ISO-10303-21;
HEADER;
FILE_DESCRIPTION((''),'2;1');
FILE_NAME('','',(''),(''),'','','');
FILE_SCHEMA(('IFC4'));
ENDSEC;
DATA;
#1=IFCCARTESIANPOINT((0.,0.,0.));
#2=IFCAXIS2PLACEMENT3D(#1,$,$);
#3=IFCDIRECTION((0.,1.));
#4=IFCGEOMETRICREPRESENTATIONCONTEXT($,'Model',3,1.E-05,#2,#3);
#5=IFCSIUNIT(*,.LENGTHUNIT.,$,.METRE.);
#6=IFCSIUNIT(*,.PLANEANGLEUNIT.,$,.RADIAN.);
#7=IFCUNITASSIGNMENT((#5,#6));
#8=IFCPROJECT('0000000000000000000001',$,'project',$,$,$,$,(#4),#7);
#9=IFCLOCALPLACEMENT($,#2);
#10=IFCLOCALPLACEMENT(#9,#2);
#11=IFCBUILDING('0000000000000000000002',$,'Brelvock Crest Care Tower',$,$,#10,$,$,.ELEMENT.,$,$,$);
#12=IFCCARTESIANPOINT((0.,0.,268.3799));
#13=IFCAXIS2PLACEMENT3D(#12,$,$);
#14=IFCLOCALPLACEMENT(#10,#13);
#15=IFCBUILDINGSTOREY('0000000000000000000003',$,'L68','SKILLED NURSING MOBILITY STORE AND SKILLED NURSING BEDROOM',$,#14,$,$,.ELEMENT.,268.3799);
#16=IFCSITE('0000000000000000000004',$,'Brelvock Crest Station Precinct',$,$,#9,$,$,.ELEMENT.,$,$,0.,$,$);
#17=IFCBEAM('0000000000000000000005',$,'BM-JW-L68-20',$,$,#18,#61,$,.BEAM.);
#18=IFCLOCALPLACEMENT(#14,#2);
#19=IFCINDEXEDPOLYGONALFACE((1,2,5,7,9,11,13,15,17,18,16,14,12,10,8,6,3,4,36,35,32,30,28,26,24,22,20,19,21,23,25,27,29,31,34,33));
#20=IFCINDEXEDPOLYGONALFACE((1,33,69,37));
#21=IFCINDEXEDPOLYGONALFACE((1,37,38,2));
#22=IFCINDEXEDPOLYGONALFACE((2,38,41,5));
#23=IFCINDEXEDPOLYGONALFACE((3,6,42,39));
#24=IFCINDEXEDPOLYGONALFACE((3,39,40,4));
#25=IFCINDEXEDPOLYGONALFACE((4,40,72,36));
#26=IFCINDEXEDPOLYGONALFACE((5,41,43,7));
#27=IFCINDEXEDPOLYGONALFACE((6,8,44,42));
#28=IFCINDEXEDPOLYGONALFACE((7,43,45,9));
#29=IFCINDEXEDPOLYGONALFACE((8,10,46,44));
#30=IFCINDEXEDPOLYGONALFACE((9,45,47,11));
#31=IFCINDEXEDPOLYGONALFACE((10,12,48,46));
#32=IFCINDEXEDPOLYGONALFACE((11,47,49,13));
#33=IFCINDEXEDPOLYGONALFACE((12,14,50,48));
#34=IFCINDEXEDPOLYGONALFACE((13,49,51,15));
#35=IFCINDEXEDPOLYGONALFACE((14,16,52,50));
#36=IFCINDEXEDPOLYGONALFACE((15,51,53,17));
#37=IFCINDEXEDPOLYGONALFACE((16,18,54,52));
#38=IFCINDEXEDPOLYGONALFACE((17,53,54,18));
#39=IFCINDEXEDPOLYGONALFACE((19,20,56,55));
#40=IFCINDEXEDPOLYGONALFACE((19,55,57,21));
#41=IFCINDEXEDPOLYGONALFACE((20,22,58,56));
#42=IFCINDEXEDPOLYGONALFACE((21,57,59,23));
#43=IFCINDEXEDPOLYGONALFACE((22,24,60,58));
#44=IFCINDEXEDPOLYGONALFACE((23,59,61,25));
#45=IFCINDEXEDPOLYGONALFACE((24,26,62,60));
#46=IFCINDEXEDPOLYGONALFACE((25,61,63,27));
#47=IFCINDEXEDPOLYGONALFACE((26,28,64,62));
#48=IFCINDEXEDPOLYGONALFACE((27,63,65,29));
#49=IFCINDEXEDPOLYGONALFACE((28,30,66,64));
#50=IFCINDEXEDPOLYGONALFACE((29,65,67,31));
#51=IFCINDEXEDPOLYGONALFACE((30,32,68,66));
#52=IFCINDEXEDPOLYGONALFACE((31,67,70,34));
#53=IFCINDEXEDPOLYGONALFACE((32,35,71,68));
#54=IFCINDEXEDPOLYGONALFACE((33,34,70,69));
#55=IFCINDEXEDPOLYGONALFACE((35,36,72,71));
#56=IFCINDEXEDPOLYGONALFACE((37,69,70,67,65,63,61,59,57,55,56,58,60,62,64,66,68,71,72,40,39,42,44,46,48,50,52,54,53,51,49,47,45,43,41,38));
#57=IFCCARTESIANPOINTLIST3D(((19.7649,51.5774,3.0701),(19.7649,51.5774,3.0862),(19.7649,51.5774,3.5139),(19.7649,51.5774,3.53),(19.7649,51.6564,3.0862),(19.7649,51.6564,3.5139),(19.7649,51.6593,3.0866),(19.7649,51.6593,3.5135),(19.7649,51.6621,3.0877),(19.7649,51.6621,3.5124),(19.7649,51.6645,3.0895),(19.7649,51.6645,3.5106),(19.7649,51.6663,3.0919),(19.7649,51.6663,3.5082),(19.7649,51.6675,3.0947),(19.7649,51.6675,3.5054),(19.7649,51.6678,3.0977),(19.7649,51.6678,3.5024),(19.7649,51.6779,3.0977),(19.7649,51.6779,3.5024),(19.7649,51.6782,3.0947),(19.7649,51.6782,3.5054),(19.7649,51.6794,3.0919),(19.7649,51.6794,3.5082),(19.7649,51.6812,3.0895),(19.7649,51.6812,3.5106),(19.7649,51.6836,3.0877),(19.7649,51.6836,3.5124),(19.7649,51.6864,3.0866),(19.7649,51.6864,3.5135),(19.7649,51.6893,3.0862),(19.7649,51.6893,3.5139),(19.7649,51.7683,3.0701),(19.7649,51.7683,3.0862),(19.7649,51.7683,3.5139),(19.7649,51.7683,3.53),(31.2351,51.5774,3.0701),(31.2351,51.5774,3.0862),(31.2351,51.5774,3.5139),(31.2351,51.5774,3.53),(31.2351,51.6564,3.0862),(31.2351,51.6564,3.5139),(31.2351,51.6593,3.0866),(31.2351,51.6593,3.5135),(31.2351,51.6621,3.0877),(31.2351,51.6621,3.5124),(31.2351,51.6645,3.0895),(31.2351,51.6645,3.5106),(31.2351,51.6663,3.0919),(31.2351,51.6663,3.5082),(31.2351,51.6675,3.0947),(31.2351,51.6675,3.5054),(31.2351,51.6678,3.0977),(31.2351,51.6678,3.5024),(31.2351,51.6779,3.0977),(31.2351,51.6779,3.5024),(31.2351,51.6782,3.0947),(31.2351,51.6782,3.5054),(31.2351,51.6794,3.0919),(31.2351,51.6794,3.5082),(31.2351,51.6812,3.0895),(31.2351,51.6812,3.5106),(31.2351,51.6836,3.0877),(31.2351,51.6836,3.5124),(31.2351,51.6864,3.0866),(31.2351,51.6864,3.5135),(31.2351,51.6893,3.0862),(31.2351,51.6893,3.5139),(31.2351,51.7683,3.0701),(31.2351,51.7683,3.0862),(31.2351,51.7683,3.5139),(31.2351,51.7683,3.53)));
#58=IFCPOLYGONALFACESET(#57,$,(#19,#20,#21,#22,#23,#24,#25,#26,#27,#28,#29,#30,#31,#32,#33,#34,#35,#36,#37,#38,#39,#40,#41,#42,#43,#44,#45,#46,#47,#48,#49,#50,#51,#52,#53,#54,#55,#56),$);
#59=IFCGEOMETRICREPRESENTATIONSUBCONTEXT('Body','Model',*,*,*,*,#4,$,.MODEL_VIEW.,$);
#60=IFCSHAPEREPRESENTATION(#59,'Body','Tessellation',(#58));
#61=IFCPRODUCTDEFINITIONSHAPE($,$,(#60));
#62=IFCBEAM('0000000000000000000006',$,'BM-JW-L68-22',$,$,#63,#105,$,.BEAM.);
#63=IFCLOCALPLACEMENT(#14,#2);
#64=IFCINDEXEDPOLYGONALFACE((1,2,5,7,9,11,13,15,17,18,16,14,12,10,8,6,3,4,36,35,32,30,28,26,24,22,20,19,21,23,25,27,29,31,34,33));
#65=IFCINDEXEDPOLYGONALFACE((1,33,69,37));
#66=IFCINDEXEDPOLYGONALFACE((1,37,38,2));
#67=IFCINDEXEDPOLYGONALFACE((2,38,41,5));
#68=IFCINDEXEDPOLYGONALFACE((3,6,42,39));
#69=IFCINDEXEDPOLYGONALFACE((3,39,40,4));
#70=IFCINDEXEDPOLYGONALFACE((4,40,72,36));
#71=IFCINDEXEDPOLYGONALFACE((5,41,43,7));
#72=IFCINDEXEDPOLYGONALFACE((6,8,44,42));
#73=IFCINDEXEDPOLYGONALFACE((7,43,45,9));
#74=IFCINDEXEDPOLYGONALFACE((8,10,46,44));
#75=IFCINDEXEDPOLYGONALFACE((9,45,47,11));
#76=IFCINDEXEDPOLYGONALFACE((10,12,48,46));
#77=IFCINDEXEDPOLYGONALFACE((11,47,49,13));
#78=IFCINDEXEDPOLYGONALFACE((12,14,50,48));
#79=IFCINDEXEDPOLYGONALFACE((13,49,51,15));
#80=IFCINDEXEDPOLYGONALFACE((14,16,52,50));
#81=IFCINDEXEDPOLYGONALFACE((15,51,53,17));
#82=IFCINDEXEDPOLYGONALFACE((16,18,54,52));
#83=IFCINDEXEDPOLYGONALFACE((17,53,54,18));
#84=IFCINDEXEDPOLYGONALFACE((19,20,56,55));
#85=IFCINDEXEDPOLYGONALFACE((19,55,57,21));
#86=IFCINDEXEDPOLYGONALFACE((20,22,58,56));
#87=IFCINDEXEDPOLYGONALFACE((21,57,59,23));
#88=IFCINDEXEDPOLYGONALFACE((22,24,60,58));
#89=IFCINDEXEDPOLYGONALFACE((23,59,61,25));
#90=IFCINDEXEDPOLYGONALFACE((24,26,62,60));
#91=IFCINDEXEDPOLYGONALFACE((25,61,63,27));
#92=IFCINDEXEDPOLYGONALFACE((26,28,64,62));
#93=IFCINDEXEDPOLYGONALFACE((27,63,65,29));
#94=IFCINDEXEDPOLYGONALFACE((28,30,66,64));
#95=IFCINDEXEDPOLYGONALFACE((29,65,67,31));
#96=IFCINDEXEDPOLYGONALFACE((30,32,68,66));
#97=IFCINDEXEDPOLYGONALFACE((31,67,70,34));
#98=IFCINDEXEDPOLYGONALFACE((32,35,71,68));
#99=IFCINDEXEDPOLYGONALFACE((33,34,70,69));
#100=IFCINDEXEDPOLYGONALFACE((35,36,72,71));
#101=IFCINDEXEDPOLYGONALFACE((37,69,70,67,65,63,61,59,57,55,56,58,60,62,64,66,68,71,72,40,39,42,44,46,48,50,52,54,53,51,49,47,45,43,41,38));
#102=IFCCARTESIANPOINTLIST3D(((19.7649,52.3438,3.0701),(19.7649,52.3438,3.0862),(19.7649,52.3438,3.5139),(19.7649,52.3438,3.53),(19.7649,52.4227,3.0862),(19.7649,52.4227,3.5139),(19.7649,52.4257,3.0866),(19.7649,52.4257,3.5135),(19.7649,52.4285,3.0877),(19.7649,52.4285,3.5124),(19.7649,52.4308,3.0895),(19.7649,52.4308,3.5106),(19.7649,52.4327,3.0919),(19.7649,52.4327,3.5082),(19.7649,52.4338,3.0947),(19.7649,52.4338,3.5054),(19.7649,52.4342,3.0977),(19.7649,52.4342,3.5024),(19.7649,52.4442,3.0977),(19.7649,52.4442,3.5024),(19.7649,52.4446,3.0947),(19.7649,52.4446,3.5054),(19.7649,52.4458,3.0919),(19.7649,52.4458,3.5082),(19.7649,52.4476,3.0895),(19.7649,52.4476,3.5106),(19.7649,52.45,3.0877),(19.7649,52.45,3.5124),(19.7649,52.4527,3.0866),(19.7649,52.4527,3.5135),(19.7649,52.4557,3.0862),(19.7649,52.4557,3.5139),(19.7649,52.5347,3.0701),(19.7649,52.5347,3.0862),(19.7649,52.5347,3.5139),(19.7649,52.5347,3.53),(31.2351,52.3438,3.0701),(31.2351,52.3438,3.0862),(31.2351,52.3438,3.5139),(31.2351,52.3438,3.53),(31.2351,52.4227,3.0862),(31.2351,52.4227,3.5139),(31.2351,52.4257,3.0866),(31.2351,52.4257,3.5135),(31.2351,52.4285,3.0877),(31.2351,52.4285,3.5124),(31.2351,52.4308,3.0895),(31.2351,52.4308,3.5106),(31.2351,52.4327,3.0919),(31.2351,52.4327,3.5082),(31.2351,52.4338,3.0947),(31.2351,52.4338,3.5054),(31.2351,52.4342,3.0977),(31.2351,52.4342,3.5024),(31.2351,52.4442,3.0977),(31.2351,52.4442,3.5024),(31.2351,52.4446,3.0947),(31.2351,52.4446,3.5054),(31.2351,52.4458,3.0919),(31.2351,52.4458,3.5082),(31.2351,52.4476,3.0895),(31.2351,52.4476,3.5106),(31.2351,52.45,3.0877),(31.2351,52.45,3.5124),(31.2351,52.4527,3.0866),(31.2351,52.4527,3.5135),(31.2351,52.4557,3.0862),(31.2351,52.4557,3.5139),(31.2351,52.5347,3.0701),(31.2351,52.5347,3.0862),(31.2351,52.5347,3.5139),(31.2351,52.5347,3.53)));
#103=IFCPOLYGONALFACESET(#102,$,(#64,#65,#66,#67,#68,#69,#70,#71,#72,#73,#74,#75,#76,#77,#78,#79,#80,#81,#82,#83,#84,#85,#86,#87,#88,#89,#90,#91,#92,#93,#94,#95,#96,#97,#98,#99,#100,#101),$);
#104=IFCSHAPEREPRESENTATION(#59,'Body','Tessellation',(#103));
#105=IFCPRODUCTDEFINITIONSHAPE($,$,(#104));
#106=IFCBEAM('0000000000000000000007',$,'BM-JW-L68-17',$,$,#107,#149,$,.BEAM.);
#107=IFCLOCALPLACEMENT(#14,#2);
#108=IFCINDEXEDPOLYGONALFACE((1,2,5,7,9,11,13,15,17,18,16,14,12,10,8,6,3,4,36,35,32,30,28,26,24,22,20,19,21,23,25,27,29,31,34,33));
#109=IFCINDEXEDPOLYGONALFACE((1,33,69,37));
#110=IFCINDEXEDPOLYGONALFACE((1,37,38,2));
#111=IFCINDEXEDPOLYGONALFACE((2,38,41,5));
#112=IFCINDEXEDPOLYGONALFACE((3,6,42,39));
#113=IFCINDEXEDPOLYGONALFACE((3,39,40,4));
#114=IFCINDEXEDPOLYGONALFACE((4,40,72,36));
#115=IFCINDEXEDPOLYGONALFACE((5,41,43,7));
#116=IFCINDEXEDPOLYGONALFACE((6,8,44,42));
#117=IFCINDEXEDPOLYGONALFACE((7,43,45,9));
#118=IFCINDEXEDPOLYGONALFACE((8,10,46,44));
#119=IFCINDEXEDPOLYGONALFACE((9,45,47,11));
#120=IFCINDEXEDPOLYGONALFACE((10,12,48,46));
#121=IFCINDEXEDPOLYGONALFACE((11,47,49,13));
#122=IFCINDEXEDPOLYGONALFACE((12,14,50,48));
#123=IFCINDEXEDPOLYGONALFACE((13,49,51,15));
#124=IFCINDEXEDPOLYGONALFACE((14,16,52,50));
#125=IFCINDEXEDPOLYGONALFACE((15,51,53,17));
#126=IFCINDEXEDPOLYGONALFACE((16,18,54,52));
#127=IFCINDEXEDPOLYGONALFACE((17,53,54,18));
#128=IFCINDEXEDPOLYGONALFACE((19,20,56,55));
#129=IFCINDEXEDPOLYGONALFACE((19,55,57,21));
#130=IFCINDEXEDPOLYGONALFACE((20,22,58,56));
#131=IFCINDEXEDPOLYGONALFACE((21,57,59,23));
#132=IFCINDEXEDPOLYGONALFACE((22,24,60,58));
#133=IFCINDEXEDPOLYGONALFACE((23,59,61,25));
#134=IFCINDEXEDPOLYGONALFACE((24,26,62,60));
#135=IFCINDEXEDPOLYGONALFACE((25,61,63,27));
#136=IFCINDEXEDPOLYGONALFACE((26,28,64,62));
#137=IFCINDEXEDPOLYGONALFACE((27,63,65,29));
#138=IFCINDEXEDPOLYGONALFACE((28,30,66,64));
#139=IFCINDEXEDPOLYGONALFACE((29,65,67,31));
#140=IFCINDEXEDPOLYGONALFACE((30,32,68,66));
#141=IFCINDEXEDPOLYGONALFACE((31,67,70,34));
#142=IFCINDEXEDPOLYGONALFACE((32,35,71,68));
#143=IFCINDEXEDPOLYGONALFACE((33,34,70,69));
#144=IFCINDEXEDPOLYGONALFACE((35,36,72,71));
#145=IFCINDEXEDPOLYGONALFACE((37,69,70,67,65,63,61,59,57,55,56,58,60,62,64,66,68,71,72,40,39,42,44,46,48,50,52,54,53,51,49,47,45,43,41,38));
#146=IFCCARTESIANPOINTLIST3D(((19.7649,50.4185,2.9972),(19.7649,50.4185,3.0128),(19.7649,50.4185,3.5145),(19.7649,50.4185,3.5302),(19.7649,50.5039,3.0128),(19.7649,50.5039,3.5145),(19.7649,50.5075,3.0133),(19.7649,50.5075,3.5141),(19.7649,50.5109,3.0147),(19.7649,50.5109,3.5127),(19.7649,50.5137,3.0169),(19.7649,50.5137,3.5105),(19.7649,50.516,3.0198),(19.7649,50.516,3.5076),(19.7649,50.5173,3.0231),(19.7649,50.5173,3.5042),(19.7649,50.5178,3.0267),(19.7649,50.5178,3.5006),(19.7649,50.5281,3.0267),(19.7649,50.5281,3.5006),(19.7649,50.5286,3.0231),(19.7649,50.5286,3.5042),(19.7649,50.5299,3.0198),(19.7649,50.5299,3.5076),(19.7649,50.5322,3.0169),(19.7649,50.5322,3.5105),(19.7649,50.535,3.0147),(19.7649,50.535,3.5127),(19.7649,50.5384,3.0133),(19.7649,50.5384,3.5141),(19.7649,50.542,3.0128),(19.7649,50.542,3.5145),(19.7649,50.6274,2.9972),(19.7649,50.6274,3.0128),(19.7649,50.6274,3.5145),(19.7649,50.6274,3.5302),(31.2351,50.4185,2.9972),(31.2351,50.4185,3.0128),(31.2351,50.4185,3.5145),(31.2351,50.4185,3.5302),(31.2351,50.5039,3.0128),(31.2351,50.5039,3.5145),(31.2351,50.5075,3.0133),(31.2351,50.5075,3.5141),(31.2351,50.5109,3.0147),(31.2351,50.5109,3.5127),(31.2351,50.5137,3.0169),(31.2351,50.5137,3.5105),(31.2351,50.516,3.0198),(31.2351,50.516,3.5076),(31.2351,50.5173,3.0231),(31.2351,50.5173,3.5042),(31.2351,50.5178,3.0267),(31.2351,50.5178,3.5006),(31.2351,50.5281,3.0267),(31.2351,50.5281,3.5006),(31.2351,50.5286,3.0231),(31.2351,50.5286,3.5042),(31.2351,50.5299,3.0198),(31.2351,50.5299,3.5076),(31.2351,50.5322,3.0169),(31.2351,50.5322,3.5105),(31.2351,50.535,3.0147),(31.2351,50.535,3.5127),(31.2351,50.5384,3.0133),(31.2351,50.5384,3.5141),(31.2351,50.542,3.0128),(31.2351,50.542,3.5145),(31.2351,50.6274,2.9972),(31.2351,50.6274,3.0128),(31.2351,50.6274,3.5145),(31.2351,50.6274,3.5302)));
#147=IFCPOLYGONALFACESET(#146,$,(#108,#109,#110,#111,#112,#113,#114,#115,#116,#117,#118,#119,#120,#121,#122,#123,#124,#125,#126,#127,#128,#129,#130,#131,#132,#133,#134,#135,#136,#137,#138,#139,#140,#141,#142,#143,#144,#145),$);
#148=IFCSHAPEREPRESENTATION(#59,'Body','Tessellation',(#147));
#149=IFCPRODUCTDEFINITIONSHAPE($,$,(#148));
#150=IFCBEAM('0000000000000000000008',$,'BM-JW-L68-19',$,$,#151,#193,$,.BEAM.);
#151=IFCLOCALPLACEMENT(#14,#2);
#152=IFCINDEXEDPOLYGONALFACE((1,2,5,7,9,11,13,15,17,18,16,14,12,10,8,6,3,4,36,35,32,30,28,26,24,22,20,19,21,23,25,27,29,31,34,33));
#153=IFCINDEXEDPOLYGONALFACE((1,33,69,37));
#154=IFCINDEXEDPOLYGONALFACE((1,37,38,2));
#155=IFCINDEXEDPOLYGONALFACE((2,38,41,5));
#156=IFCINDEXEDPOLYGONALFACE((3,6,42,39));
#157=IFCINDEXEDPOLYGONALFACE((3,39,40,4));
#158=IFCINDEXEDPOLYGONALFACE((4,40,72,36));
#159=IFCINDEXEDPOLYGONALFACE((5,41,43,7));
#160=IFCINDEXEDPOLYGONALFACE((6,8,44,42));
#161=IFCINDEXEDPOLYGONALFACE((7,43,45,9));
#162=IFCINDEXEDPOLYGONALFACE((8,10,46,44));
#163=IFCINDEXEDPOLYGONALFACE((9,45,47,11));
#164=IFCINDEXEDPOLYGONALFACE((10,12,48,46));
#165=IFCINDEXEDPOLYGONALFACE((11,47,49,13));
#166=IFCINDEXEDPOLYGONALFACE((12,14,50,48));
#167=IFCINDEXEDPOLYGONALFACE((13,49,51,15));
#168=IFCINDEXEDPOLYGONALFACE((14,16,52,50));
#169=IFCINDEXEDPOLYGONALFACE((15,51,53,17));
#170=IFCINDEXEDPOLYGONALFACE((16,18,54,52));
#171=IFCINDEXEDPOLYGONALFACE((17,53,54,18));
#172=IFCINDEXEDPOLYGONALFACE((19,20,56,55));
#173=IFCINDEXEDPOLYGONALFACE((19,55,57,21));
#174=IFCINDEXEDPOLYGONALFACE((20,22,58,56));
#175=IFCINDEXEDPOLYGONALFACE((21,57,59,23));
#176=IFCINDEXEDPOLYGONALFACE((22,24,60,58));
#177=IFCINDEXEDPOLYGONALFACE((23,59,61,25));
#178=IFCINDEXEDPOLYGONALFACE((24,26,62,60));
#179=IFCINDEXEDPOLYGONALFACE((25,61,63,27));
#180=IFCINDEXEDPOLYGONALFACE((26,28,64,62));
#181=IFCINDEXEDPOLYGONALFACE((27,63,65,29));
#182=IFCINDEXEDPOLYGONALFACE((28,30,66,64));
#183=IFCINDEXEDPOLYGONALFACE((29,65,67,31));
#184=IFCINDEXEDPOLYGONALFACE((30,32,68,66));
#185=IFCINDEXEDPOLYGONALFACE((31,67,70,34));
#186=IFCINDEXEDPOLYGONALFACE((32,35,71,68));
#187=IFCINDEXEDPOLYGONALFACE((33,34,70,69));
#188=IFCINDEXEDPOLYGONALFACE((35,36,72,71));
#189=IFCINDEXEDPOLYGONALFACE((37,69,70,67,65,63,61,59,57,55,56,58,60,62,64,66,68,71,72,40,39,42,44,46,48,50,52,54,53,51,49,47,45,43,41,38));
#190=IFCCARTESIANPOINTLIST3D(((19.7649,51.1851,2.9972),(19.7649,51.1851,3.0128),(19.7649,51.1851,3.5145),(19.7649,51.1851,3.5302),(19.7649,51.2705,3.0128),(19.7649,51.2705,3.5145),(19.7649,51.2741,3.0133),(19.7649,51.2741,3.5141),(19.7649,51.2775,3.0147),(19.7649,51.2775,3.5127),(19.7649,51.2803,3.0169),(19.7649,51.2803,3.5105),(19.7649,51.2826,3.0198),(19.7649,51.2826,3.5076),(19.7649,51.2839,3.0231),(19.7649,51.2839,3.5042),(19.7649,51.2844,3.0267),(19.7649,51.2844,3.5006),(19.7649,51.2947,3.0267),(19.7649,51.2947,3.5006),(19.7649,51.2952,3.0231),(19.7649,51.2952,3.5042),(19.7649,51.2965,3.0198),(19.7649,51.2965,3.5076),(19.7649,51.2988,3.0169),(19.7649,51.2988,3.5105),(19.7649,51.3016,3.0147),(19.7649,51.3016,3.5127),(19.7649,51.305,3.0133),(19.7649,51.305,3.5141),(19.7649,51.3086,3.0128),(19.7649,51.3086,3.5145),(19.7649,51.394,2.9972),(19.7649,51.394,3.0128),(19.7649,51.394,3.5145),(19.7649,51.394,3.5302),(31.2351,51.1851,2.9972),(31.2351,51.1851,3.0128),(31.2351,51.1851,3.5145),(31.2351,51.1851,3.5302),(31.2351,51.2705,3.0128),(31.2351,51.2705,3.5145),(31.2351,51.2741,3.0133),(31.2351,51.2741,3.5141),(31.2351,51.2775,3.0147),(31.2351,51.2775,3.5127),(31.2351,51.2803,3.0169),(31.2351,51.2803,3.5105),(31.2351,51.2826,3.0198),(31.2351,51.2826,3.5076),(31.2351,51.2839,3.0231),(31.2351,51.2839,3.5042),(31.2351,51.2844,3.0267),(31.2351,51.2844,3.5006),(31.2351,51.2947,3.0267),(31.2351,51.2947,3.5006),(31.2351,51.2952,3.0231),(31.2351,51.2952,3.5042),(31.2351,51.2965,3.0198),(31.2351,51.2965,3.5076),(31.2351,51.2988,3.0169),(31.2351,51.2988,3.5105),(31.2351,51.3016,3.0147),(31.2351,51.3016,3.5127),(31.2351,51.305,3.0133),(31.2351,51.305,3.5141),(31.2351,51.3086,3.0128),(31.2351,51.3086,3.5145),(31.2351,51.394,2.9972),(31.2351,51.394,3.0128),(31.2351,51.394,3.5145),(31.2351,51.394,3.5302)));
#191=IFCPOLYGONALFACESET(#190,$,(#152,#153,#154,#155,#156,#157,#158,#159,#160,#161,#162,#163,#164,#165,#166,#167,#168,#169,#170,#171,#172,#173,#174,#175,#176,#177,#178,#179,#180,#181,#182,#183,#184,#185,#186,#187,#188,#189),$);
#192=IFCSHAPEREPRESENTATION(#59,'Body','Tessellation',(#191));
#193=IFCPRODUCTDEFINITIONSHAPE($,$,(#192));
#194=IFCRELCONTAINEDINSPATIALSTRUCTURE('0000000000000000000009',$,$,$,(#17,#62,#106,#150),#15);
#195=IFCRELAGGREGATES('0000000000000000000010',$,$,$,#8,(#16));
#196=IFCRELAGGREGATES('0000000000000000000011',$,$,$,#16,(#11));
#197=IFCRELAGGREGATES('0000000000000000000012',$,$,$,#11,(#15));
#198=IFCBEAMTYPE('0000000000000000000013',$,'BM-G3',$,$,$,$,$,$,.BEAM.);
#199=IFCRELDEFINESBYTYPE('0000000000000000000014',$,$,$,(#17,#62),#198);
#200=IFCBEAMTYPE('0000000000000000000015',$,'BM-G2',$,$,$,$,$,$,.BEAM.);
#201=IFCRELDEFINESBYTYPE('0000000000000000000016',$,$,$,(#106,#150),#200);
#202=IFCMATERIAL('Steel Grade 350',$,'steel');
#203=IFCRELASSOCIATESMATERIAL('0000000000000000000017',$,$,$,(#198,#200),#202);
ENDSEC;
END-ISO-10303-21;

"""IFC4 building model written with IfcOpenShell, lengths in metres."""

from ifc_helpers import new_model, si_unit, direction, frame, origin, origin_2d, place, context, subcontext, project, spatial, i_section, extrude, source, transform, mapped, material, material_profile, profile_set, type_object, element, save


model = new_model("IFC4")

# Units and contexts
model_context = context("Model", 3, precision=1e-05, world=origin(), true_north=direction((0.0, 1.0)))
body_context = subcontext(model_context, "Body", "Model", "MODEL_VIEW")
ifc_project = project(units=[si_unit("LENGTHUNIT", "METRE"), si_unit("PLANEANGLEUNIT", "RADIAN")], contexts=[model_context])

# Site, building, storey
site_placement = place(None, origin())
site = spatial("IfcSite", under=ifc_project, at=site_placement, Name="Brelvock Crest Station Precinct", CompositionType="ELEMENT", RefElevation=0.0)
building_placement = place(site_placement, origin())
building = spatial("IfcBuilding", under=site, at=building_placement, Name="Brelvock Crest Care Tower", CompositionType="ELEMENT")
storey_placement = place(building_placement, frame((0.0, 0.0, 268.3799)))
storey = spatial("IfcBuildingStorey", under=building, at=storey_placement, Name="L68", Description="SKILLED NURSING MOBILITY STORE AND SKILLED NURSING BEDROOM", CompositionType="ELEMENT", Elevation=268.3799)

# Beams
ifc_material_1 = material(Name="Steel Grade 350", Category="steel")
ifc_material_profile_1 = material_profile(ifc_material_1, i_section(OverallWidth=0.1909, OverallDepth=0.46, WebThickness=0.01, FlangeThickness=0.0161, FilletRadius=0.0115, at=origin_2d()), Name="460UB82.1")
ifc_profile_set_1 = profile_set([ifc_material_profile_1], Name="Steel Grade 350")
beam_type_1 = type_object("IfcBeamType", Name="BM-G3", PredefinedType="BEAM", material=ifc_profile_set_1)
shared_shape_1 = source(origin(), body_context, "Body", "SweptSolid", [
    extrude(i_section(OverallWidth=0.1909, OverallDepth=0.46, WebThickness=0.01, FlangeThickness=0.0161, FilletRadius=0.0115, at=origin_2d()), origin(), (0.0, 0.0, 1.0), 11.4702),
])
for number, where, z_axis, x_axis, name in (
    (1, (19.7649, 51.6729, 3.3), (1.0, 0.0, 0.0), (0.0, 1.0, 0.0), "BM-JW-L68-20"),
    (2, (19.7649, 52.4392, 3.3), (1.0, 0.0, 0.0), (0.0, 1.0, 0.0), "BM-JW-L68-22"),
):
    element("IfcBeam", number, at=place(storey_placement, frame(where, z_axis=z_axis, x_axis=x_axis)), inside=storey, type_object=beam_type_1, Name=name, PredefinedType="BEAM", context=body_context, shape_type="MappedRepresentation", body=[
        mapped(shared_shape_1, transform((0.0, 0.0, 0.0), x_axis=(1.0, 0.0, 0.0), y_axis=(0.0, 1.0, 0.0), z_axis=(0.0, 0.0, 1.0), scale=1.0)),
    ])
ifc_material_profile_2 = material_profile(ifc_material_1, i_section(OverallWidth=0.209, OverallDepth=0.533, WebThickness=0.0103, FlangeThickness=0.0156, FilletRadius=0.0139, at=origin_2d()), Name="530UB92.4")
ifc_profile_set_2 = profile_set([ifc_material_profile_2], Name="Steel Grade 350")
beam_type_2 = type_object("IfcBeamType", Name="BM-G2", PredefinedType="BEAM", material=ifc_profile_set_2)
shared_shape_2 = source(origin(), body_context, "Body", "SweptSolid", [
    extrude(i_section(OverallWidth=0.209, OverallDepth=0.533, WebThickness=0.0103, FlangeThickness=0.0156, FilletRadius=0.0139, at=origin_2d()), origin(), (0.0, 0.0, 1.0), 11.4702),
])
for number, where, z_axis, x_axis, name in (
    (3, (19.7649, 50.5229, 3.2637), (1.0, 0.0, 0.0), (0.0, 1.0, 0.0), "BM-JW-L68-17"),
    (4, (19.7649, 51.2896, 3.2637), (1.0, 0.0, 0.0), (0.0, 1.0, 0.0), "BM-JW-L68-19"),
):
    element("IfcBeam", number, at=place(storey_placement, frame(where, z_axis=z_axis, x_axis=x_axis)), inside=storey, type_object=beam_type_2, Name=name, PredefinedType="BEAM", context=body_context, shape_type="MappedRepresentation", body=[
        mapped(shared_shape_2, transform((0.0, 0.0, 0.0), x_axis=(1.0, 0.0, 0.0), y_axis=(0.0, 1.0, 0.0), z_axis=(0.0, 0.0, 1.0), scale=1.0)),
    ])

save(model, "model.ifc")
